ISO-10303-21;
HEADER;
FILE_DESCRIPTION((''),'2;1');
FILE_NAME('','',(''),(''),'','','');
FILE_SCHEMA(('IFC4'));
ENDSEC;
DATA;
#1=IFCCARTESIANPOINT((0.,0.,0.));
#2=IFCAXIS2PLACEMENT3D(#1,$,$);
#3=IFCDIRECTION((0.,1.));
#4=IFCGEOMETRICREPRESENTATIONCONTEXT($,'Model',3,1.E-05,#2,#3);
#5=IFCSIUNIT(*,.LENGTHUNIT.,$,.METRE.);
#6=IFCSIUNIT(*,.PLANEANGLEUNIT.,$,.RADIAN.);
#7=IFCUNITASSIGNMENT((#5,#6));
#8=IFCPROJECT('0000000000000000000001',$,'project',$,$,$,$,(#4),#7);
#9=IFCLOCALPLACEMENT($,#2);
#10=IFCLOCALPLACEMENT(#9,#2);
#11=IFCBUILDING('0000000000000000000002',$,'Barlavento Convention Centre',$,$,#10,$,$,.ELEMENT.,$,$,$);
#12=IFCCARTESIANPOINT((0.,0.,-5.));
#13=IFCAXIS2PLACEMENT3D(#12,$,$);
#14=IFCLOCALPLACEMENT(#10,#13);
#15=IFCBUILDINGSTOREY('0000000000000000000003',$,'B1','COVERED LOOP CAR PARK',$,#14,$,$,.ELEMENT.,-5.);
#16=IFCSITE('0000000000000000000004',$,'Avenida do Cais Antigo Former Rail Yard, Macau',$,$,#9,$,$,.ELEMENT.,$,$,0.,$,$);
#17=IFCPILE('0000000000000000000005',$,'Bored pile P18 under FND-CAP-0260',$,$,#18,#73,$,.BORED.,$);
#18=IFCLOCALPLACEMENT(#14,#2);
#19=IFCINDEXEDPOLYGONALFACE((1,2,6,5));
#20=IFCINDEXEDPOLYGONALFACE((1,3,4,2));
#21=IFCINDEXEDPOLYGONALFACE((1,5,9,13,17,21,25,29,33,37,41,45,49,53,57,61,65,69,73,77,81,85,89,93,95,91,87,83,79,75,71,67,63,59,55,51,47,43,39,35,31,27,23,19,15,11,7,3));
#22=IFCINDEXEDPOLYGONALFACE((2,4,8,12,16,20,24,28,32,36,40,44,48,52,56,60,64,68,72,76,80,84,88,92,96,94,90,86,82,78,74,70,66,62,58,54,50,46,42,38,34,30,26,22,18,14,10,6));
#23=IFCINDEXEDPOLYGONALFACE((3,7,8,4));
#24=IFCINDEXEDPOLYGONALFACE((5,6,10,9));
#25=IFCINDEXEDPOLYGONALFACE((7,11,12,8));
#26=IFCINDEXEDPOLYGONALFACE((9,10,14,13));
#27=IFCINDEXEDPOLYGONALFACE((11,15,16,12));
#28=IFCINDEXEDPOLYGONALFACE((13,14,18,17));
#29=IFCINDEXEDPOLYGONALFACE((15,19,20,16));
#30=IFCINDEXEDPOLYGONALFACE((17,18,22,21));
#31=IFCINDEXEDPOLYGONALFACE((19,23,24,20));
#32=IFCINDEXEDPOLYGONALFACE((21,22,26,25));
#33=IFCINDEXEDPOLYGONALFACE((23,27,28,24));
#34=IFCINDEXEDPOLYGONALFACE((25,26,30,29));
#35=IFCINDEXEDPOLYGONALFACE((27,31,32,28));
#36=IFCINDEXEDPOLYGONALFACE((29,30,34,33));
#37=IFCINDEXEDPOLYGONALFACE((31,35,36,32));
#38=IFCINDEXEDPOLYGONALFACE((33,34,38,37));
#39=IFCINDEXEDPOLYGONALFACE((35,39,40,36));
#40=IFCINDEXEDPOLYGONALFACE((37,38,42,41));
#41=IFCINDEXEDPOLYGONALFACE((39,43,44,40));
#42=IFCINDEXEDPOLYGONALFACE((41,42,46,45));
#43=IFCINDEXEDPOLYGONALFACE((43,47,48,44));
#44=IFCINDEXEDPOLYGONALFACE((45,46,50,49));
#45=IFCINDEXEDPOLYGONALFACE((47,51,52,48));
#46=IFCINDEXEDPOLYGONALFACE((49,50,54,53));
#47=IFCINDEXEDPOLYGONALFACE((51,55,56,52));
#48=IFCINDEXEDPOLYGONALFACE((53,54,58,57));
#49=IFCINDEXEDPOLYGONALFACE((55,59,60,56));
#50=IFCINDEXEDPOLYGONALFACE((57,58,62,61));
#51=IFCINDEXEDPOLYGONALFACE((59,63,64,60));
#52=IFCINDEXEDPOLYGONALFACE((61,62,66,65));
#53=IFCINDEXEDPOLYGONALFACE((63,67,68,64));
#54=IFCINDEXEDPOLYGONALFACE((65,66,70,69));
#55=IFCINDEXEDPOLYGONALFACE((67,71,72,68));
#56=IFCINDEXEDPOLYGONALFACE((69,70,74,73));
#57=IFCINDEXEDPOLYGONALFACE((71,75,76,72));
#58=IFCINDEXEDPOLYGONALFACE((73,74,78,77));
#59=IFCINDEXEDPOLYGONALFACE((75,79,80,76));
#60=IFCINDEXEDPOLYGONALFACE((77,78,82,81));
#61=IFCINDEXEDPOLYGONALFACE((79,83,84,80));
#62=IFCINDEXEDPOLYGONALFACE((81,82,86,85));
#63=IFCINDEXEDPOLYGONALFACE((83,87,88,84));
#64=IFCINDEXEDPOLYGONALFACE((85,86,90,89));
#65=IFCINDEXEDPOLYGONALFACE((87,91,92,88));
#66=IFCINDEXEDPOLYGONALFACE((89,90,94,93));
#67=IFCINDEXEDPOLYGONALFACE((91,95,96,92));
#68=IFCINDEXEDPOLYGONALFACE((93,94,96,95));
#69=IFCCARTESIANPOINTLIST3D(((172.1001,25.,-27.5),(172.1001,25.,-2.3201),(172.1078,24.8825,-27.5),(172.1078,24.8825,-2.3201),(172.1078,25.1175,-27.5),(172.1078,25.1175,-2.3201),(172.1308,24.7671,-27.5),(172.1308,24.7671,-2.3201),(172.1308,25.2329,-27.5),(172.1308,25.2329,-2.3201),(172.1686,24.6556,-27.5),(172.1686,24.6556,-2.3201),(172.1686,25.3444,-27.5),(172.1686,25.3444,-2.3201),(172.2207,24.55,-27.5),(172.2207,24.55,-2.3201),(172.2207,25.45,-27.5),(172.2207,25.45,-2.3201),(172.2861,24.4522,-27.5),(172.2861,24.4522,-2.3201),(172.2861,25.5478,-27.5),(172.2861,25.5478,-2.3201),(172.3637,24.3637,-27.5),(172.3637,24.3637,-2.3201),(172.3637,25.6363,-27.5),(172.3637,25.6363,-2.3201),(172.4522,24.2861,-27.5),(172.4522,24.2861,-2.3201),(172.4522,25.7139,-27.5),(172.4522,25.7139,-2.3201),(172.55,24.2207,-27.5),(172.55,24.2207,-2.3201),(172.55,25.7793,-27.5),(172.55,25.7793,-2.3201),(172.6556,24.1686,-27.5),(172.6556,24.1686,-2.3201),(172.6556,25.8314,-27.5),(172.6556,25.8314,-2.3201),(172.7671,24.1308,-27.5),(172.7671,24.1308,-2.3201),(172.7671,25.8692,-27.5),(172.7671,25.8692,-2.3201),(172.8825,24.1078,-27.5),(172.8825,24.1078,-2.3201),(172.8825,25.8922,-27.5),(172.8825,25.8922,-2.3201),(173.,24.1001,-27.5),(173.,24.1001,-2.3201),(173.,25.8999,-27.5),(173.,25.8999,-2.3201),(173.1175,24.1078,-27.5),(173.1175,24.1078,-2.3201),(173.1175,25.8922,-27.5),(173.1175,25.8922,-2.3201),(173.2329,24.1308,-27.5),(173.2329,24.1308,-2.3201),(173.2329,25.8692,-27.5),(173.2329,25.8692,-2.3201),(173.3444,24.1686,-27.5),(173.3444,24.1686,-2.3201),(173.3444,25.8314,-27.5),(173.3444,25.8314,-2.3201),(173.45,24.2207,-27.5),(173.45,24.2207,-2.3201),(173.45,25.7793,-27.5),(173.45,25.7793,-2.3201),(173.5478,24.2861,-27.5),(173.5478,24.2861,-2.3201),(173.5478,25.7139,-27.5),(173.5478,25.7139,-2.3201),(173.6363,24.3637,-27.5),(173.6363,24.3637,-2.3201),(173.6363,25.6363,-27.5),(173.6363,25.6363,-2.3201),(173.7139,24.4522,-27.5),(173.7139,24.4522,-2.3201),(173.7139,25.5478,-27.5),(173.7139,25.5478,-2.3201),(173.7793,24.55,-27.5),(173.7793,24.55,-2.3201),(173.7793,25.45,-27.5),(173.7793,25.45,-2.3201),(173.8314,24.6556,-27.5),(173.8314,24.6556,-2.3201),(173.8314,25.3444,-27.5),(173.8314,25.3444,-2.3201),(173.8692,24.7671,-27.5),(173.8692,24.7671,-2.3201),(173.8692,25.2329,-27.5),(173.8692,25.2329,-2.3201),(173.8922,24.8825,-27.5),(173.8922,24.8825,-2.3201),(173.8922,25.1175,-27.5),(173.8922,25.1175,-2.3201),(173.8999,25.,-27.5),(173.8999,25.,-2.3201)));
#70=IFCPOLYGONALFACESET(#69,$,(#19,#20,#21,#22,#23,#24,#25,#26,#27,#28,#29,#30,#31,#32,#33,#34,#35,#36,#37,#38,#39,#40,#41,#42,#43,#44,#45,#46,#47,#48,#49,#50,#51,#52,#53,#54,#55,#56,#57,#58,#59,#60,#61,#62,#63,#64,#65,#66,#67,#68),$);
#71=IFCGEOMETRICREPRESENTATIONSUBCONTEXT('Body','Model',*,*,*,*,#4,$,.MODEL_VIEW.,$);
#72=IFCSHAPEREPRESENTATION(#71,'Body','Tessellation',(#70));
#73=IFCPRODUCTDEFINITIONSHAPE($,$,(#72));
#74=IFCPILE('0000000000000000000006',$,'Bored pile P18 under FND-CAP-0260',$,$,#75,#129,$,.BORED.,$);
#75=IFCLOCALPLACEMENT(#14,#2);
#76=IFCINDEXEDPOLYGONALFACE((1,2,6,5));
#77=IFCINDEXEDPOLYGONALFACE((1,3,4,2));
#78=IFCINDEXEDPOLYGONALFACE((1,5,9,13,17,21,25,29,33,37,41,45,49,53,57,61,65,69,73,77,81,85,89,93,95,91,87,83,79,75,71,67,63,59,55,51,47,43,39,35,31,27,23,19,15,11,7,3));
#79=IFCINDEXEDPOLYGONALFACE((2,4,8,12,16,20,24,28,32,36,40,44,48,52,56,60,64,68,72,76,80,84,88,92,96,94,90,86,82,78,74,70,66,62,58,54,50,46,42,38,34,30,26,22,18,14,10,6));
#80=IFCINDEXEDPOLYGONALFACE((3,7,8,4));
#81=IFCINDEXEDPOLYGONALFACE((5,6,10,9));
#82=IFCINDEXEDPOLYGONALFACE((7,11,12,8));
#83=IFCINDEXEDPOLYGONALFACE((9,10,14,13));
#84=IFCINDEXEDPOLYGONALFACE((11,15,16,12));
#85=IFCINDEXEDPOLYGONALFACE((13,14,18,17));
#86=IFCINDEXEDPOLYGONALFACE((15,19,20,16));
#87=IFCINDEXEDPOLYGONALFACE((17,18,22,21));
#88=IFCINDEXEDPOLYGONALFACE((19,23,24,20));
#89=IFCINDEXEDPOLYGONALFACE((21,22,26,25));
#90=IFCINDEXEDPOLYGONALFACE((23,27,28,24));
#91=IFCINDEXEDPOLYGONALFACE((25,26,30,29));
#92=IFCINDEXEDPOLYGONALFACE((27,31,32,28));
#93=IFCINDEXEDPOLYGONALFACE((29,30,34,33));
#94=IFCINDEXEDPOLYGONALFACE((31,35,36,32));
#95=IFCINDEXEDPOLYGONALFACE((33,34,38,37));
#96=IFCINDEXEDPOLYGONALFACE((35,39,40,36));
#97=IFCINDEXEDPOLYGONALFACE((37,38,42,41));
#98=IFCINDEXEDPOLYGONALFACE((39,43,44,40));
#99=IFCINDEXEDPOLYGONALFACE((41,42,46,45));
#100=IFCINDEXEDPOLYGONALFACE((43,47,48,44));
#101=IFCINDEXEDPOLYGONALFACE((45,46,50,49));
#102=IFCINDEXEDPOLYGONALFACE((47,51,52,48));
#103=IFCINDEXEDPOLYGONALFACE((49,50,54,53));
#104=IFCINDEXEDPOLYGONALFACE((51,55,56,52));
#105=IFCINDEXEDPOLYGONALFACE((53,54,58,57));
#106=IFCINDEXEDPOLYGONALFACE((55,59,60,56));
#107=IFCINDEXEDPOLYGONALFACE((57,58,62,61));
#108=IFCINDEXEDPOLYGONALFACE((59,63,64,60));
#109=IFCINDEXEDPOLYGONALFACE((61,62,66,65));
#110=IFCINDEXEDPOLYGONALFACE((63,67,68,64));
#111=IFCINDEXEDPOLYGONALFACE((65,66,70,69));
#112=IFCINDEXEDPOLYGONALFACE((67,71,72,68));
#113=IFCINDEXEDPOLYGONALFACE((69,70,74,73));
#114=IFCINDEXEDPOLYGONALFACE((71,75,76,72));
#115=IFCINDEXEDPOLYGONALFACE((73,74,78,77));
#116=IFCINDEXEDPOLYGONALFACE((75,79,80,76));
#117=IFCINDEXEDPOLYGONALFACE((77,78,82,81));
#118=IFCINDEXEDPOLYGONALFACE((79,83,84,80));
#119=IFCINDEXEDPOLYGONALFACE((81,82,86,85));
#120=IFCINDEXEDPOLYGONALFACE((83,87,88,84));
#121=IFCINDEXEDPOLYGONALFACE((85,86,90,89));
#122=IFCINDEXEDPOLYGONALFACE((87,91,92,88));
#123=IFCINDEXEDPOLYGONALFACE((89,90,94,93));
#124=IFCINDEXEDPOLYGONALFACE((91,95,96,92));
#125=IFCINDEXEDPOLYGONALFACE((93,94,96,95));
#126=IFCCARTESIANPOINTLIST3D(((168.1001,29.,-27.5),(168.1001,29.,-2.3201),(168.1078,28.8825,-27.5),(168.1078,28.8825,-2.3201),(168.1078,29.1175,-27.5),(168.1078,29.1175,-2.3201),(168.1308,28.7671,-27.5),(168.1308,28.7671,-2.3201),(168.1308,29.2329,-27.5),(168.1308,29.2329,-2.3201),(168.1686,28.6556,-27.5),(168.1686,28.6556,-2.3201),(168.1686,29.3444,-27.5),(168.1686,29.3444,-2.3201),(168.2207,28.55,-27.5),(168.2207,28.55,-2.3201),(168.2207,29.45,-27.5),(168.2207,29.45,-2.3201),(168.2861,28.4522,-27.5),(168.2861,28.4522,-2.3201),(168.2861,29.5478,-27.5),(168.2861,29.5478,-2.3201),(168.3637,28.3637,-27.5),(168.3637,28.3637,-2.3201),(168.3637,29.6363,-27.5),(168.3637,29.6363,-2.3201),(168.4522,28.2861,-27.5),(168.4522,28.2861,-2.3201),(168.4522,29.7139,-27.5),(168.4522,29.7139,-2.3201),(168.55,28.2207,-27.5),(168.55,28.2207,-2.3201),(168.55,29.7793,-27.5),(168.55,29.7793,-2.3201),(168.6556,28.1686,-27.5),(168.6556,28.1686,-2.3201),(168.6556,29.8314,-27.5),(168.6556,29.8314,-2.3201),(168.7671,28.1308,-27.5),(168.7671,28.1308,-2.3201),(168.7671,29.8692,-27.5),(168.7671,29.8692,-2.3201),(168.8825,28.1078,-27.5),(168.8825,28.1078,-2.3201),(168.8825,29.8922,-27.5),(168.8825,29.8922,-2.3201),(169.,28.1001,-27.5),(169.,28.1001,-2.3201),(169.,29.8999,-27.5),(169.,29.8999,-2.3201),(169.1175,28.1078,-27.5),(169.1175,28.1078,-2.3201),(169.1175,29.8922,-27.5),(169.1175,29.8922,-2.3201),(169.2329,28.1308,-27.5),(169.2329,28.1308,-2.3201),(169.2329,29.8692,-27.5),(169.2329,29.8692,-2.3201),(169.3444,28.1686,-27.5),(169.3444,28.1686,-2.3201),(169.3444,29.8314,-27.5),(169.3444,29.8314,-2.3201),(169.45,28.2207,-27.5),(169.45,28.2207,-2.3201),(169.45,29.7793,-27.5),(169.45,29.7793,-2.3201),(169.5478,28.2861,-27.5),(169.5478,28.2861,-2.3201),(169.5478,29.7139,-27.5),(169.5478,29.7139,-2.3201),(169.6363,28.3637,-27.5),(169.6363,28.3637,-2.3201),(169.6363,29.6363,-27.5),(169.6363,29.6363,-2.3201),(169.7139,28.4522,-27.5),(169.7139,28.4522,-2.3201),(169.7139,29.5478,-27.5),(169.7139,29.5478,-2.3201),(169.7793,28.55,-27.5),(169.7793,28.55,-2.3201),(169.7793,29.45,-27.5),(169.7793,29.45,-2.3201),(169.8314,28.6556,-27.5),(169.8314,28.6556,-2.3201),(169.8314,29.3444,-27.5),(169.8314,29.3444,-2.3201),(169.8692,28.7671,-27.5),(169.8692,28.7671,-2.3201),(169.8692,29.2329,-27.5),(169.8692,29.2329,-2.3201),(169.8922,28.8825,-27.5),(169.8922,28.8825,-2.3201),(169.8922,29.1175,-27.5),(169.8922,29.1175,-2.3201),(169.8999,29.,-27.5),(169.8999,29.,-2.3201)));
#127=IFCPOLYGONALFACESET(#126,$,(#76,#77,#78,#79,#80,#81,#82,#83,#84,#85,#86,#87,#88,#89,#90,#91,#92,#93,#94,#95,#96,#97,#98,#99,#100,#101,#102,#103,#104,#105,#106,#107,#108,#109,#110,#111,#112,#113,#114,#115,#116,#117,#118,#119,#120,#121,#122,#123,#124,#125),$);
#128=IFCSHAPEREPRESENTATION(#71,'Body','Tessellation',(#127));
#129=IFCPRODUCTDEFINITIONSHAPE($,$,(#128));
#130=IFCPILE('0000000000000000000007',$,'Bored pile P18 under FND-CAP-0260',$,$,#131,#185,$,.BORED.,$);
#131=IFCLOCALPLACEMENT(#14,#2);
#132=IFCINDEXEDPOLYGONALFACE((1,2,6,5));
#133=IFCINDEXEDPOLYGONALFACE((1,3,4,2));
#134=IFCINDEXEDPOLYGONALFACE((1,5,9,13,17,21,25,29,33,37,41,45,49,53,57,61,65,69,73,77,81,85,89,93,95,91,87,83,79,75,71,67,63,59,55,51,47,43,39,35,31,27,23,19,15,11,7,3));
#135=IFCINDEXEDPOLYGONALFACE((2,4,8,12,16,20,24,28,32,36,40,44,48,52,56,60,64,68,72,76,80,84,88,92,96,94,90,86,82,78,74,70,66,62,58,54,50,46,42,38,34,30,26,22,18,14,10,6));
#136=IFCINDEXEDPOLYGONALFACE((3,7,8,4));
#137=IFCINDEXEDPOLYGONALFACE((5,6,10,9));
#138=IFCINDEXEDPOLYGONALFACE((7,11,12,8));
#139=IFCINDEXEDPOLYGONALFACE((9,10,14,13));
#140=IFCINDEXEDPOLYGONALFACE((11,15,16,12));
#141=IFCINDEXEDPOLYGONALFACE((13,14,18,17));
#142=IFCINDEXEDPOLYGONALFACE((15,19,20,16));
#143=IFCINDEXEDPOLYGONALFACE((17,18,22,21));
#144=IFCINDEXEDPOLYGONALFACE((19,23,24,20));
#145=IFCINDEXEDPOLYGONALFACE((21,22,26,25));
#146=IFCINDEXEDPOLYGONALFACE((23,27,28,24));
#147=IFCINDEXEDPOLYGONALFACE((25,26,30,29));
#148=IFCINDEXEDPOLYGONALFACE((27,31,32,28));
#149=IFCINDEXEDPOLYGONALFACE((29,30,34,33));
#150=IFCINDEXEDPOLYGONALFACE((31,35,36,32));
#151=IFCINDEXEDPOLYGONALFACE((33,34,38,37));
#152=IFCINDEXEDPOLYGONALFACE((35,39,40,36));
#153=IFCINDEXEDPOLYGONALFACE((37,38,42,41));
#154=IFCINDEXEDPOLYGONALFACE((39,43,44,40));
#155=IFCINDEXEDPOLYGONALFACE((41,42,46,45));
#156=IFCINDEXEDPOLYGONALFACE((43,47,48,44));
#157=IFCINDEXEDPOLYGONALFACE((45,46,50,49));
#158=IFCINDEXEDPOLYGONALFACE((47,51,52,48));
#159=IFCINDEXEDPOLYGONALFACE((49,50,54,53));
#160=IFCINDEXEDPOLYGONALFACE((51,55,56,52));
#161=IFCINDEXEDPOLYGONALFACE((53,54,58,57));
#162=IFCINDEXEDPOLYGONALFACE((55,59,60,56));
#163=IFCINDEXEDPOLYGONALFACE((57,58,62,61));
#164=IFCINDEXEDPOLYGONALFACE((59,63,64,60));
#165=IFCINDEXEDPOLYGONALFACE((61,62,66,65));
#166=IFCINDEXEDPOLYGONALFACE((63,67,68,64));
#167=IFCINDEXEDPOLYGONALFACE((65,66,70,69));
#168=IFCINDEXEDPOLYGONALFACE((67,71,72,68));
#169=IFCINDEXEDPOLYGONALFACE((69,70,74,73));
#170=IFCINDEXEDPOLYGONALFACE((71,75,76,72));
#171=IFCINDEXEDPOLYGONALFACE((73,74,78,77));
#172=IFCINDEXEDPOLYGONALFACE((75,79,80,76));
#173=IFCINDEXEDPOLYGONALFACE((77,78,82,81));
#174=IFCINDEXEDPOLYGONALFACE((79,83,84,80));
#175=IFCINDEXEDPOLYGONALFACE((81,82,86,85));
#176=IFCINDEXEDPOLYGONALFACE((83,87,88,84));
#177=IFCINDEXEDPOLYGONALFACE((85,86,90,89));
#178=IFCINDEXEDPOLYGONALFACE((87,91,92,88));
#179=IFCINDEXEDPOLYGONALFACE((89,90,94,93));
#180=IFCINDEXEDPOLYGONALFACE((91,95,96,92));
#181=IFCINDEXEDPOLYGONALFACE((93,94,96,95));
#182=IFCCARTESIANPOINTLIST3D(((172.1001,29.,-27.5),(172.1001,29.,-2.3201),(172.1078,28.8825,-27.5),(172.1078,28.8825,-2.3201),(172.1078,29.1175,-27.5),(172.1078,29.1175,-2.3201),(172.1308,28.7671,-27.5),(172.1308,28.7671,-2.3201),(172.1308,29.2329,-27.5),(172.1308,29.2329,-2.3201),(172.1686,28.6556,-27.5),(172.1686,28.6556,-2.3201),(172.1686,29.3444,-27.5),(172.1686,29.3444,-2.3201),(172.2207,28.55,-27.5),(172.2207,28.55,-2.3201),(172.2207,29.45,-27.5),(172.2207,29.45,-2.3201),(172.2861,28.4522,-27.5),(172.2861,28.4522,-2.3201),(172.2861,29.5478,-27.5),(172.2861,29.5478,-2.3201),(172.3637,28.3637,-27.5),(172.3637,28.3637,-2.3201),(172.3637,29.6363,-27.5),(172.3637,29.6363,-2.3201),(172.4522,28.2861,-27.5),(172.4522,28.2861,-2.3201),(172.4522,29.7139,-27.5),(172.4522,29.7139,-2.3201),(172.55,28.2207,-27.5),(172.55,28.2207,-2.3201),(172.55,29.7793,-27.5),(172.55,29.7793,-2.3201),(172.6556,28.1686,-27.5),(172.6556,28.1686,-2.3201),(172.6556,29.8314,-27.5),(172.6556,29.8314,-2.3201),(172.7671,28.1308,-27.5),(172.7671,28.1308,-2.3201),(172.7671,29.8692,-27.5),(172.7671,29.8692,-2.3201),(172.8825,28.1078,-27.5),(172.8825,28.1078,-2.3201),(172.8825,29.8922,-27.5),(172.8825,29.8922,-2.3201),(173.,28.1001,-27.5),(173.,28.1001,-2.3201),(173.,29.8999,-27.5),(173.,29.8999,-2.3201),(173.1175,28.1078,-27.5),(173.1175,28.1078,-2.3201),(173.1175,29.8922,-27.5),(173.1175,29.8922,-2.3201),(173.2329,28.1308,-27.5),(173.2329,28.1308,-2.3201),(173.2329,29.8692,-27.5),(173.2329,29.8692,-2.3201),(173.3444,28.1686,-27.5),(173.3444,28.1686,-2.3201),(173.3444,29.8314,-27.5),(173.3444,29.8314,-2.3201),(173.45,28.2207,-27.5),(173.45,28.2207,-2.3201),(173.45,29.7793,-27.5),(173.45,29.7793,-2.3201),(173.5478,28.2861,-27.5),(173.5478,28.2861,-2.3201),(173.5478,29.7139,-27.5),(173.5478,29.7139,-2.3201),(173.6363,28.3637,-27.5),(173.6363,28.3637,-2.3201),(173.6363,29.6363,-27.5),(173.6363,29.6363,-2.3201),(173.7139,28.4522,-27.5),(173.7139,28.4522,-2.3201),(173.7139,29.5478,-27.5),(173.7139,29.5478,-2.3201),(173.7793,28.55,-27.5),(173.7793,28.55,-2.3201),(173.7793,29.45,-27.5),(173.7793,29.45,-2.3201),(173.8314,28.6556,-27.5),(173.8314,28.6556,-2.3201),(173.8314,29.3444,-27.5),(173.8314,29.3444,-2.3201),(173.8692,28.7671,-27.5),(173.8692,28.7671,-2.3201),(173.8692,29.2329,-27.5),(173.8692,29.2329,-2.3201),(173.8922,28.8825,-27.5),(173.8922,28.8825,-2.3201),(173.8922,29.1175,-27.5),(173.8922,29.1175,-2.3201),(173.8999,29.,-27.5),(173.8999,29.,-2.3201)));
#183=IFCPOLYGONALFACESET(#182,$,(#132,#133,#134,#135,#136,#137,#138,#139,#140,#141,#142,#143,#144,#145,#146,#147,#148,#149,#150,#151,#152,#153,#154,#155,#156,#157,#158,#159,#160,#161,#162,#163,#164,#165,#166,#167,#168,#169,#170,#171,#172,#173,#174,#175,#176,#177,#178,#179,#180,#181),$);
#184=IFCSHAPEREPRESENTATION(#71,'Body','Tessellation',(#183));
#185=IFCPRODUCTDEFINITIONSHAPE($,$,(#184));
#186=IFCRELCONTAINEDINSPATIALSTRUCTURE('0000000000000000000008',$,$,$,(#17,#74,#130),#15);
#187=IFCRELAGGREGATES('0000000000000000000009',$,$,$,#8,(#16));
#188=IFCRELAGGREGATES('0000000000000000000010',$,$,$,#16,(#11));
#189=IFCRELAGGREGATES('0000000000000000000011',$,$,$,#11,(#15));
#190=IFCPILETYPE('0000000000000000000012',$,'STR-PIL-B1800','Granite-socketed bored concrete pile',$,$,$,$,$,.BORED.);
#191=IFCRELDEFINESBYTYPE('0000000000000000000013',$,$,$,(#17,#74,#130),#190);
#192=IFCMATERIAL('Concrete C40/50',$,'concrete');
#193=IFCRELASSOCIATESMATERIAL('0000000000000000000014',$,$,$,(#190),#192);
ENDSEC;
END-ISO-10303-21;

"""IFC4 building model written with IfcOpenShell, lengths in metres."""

from ifc_helpers import new_model, si_unit, direction, frame, origin, origin_2d, place, context, subcontext, project, spatial, circle, extrude, material, material_profile, profile_set, type_object, element, save


model = new_model("IFC4")

# Units and contexts
model_context = context("Model", 3, precision=1e-05, world=origin(), true_north=direction((0.0, 1.0)))
body_context = subcontext(model_context, "Body", "Model", "MODEL_VIEW")
ifc_project = project(units=[si_unit("LENGTHUNIT", "METRE"), si_unit("PLANEANGLEUNIT", "RADIAN")], contexts=[model_context])

# Site, building, storey
site_placement = place(None, origin())
site = spatial("IfcSite", under=ifc_project, at=site_placement, Name="Avenida do Cais Antigo Former Rail Yard, Macau", CompositionType="ELEMENT", RefElevation=0.0)
building_placement = place(site_placement, origin())
building = spatial("IfcBuilding", under=site, at=building_placement, Name="Barlavento Convention Centre", CompositionType="ELEMENT")
storey_placement = place(building_placement, frame((0.0, 0.0, -5.0)))
storey = spatial("IfcBuildingStorey", under=building, at=storey_placement, Name="B1", Description="COVERED LOOP CAR PARK", CompositionType="ELEMENT", Elevation=-5.0)

# Shared definitions
ifc_material_1 = material(Name="Concrete C40/50", Category="concrete")

# Piles
ifc_material_profile_1 = material_profile(ifc_material_1, circle(Radius=0.8999, at=origin_2d()), Name="BORED PILE 1800")
ifc_profile_set_1 = profile_set([ifc_material_profile_1], Name="Concrete C40/50")
pile_type_1 = type_object("IfcPileType", Name="STR-PIL-B1800", Description="Granite-socketed bored concrete pile", PredefinedType="BORED", material=ifc_profile_set_1)
for number, where, z_axis, x_axis, name in (
    (1, (173.0, 25.0, -2.3201), (0.0, 0.0, -1.0), (1.0, 0.0, 0.0), "Bored pile P18 under FND-CAP-0260"),
    (2, (169.0, 29.0, -2.3201), (0.0, 0.0, -1.0), (1.0, 0.0, 0.0), "Bored pile P18 under FND-CAP-0260"),
    (3, (173.0, 29.0, -2.3201), (0.0, 0.0, -1.0), (1.0, 0.0, 0.0), "Bored pile P18 under FND-CAP-0260"),
):
    element("IfcPile", number, at=place(storey_placement, frame(where, z_axis=z_axis, x_axis=x_axis)), inside=storey, type_object=pile_type_1, Name=name, PredefinedType="BORED", context=body_context, shape_type="SweptSolid", body=[
        extrude(circle(Radius=0.8999, at=origin_2d()), origin(), (0.0, 0.0, 1.0), 25.1799),
    ])

save(model, "model.ifc")
